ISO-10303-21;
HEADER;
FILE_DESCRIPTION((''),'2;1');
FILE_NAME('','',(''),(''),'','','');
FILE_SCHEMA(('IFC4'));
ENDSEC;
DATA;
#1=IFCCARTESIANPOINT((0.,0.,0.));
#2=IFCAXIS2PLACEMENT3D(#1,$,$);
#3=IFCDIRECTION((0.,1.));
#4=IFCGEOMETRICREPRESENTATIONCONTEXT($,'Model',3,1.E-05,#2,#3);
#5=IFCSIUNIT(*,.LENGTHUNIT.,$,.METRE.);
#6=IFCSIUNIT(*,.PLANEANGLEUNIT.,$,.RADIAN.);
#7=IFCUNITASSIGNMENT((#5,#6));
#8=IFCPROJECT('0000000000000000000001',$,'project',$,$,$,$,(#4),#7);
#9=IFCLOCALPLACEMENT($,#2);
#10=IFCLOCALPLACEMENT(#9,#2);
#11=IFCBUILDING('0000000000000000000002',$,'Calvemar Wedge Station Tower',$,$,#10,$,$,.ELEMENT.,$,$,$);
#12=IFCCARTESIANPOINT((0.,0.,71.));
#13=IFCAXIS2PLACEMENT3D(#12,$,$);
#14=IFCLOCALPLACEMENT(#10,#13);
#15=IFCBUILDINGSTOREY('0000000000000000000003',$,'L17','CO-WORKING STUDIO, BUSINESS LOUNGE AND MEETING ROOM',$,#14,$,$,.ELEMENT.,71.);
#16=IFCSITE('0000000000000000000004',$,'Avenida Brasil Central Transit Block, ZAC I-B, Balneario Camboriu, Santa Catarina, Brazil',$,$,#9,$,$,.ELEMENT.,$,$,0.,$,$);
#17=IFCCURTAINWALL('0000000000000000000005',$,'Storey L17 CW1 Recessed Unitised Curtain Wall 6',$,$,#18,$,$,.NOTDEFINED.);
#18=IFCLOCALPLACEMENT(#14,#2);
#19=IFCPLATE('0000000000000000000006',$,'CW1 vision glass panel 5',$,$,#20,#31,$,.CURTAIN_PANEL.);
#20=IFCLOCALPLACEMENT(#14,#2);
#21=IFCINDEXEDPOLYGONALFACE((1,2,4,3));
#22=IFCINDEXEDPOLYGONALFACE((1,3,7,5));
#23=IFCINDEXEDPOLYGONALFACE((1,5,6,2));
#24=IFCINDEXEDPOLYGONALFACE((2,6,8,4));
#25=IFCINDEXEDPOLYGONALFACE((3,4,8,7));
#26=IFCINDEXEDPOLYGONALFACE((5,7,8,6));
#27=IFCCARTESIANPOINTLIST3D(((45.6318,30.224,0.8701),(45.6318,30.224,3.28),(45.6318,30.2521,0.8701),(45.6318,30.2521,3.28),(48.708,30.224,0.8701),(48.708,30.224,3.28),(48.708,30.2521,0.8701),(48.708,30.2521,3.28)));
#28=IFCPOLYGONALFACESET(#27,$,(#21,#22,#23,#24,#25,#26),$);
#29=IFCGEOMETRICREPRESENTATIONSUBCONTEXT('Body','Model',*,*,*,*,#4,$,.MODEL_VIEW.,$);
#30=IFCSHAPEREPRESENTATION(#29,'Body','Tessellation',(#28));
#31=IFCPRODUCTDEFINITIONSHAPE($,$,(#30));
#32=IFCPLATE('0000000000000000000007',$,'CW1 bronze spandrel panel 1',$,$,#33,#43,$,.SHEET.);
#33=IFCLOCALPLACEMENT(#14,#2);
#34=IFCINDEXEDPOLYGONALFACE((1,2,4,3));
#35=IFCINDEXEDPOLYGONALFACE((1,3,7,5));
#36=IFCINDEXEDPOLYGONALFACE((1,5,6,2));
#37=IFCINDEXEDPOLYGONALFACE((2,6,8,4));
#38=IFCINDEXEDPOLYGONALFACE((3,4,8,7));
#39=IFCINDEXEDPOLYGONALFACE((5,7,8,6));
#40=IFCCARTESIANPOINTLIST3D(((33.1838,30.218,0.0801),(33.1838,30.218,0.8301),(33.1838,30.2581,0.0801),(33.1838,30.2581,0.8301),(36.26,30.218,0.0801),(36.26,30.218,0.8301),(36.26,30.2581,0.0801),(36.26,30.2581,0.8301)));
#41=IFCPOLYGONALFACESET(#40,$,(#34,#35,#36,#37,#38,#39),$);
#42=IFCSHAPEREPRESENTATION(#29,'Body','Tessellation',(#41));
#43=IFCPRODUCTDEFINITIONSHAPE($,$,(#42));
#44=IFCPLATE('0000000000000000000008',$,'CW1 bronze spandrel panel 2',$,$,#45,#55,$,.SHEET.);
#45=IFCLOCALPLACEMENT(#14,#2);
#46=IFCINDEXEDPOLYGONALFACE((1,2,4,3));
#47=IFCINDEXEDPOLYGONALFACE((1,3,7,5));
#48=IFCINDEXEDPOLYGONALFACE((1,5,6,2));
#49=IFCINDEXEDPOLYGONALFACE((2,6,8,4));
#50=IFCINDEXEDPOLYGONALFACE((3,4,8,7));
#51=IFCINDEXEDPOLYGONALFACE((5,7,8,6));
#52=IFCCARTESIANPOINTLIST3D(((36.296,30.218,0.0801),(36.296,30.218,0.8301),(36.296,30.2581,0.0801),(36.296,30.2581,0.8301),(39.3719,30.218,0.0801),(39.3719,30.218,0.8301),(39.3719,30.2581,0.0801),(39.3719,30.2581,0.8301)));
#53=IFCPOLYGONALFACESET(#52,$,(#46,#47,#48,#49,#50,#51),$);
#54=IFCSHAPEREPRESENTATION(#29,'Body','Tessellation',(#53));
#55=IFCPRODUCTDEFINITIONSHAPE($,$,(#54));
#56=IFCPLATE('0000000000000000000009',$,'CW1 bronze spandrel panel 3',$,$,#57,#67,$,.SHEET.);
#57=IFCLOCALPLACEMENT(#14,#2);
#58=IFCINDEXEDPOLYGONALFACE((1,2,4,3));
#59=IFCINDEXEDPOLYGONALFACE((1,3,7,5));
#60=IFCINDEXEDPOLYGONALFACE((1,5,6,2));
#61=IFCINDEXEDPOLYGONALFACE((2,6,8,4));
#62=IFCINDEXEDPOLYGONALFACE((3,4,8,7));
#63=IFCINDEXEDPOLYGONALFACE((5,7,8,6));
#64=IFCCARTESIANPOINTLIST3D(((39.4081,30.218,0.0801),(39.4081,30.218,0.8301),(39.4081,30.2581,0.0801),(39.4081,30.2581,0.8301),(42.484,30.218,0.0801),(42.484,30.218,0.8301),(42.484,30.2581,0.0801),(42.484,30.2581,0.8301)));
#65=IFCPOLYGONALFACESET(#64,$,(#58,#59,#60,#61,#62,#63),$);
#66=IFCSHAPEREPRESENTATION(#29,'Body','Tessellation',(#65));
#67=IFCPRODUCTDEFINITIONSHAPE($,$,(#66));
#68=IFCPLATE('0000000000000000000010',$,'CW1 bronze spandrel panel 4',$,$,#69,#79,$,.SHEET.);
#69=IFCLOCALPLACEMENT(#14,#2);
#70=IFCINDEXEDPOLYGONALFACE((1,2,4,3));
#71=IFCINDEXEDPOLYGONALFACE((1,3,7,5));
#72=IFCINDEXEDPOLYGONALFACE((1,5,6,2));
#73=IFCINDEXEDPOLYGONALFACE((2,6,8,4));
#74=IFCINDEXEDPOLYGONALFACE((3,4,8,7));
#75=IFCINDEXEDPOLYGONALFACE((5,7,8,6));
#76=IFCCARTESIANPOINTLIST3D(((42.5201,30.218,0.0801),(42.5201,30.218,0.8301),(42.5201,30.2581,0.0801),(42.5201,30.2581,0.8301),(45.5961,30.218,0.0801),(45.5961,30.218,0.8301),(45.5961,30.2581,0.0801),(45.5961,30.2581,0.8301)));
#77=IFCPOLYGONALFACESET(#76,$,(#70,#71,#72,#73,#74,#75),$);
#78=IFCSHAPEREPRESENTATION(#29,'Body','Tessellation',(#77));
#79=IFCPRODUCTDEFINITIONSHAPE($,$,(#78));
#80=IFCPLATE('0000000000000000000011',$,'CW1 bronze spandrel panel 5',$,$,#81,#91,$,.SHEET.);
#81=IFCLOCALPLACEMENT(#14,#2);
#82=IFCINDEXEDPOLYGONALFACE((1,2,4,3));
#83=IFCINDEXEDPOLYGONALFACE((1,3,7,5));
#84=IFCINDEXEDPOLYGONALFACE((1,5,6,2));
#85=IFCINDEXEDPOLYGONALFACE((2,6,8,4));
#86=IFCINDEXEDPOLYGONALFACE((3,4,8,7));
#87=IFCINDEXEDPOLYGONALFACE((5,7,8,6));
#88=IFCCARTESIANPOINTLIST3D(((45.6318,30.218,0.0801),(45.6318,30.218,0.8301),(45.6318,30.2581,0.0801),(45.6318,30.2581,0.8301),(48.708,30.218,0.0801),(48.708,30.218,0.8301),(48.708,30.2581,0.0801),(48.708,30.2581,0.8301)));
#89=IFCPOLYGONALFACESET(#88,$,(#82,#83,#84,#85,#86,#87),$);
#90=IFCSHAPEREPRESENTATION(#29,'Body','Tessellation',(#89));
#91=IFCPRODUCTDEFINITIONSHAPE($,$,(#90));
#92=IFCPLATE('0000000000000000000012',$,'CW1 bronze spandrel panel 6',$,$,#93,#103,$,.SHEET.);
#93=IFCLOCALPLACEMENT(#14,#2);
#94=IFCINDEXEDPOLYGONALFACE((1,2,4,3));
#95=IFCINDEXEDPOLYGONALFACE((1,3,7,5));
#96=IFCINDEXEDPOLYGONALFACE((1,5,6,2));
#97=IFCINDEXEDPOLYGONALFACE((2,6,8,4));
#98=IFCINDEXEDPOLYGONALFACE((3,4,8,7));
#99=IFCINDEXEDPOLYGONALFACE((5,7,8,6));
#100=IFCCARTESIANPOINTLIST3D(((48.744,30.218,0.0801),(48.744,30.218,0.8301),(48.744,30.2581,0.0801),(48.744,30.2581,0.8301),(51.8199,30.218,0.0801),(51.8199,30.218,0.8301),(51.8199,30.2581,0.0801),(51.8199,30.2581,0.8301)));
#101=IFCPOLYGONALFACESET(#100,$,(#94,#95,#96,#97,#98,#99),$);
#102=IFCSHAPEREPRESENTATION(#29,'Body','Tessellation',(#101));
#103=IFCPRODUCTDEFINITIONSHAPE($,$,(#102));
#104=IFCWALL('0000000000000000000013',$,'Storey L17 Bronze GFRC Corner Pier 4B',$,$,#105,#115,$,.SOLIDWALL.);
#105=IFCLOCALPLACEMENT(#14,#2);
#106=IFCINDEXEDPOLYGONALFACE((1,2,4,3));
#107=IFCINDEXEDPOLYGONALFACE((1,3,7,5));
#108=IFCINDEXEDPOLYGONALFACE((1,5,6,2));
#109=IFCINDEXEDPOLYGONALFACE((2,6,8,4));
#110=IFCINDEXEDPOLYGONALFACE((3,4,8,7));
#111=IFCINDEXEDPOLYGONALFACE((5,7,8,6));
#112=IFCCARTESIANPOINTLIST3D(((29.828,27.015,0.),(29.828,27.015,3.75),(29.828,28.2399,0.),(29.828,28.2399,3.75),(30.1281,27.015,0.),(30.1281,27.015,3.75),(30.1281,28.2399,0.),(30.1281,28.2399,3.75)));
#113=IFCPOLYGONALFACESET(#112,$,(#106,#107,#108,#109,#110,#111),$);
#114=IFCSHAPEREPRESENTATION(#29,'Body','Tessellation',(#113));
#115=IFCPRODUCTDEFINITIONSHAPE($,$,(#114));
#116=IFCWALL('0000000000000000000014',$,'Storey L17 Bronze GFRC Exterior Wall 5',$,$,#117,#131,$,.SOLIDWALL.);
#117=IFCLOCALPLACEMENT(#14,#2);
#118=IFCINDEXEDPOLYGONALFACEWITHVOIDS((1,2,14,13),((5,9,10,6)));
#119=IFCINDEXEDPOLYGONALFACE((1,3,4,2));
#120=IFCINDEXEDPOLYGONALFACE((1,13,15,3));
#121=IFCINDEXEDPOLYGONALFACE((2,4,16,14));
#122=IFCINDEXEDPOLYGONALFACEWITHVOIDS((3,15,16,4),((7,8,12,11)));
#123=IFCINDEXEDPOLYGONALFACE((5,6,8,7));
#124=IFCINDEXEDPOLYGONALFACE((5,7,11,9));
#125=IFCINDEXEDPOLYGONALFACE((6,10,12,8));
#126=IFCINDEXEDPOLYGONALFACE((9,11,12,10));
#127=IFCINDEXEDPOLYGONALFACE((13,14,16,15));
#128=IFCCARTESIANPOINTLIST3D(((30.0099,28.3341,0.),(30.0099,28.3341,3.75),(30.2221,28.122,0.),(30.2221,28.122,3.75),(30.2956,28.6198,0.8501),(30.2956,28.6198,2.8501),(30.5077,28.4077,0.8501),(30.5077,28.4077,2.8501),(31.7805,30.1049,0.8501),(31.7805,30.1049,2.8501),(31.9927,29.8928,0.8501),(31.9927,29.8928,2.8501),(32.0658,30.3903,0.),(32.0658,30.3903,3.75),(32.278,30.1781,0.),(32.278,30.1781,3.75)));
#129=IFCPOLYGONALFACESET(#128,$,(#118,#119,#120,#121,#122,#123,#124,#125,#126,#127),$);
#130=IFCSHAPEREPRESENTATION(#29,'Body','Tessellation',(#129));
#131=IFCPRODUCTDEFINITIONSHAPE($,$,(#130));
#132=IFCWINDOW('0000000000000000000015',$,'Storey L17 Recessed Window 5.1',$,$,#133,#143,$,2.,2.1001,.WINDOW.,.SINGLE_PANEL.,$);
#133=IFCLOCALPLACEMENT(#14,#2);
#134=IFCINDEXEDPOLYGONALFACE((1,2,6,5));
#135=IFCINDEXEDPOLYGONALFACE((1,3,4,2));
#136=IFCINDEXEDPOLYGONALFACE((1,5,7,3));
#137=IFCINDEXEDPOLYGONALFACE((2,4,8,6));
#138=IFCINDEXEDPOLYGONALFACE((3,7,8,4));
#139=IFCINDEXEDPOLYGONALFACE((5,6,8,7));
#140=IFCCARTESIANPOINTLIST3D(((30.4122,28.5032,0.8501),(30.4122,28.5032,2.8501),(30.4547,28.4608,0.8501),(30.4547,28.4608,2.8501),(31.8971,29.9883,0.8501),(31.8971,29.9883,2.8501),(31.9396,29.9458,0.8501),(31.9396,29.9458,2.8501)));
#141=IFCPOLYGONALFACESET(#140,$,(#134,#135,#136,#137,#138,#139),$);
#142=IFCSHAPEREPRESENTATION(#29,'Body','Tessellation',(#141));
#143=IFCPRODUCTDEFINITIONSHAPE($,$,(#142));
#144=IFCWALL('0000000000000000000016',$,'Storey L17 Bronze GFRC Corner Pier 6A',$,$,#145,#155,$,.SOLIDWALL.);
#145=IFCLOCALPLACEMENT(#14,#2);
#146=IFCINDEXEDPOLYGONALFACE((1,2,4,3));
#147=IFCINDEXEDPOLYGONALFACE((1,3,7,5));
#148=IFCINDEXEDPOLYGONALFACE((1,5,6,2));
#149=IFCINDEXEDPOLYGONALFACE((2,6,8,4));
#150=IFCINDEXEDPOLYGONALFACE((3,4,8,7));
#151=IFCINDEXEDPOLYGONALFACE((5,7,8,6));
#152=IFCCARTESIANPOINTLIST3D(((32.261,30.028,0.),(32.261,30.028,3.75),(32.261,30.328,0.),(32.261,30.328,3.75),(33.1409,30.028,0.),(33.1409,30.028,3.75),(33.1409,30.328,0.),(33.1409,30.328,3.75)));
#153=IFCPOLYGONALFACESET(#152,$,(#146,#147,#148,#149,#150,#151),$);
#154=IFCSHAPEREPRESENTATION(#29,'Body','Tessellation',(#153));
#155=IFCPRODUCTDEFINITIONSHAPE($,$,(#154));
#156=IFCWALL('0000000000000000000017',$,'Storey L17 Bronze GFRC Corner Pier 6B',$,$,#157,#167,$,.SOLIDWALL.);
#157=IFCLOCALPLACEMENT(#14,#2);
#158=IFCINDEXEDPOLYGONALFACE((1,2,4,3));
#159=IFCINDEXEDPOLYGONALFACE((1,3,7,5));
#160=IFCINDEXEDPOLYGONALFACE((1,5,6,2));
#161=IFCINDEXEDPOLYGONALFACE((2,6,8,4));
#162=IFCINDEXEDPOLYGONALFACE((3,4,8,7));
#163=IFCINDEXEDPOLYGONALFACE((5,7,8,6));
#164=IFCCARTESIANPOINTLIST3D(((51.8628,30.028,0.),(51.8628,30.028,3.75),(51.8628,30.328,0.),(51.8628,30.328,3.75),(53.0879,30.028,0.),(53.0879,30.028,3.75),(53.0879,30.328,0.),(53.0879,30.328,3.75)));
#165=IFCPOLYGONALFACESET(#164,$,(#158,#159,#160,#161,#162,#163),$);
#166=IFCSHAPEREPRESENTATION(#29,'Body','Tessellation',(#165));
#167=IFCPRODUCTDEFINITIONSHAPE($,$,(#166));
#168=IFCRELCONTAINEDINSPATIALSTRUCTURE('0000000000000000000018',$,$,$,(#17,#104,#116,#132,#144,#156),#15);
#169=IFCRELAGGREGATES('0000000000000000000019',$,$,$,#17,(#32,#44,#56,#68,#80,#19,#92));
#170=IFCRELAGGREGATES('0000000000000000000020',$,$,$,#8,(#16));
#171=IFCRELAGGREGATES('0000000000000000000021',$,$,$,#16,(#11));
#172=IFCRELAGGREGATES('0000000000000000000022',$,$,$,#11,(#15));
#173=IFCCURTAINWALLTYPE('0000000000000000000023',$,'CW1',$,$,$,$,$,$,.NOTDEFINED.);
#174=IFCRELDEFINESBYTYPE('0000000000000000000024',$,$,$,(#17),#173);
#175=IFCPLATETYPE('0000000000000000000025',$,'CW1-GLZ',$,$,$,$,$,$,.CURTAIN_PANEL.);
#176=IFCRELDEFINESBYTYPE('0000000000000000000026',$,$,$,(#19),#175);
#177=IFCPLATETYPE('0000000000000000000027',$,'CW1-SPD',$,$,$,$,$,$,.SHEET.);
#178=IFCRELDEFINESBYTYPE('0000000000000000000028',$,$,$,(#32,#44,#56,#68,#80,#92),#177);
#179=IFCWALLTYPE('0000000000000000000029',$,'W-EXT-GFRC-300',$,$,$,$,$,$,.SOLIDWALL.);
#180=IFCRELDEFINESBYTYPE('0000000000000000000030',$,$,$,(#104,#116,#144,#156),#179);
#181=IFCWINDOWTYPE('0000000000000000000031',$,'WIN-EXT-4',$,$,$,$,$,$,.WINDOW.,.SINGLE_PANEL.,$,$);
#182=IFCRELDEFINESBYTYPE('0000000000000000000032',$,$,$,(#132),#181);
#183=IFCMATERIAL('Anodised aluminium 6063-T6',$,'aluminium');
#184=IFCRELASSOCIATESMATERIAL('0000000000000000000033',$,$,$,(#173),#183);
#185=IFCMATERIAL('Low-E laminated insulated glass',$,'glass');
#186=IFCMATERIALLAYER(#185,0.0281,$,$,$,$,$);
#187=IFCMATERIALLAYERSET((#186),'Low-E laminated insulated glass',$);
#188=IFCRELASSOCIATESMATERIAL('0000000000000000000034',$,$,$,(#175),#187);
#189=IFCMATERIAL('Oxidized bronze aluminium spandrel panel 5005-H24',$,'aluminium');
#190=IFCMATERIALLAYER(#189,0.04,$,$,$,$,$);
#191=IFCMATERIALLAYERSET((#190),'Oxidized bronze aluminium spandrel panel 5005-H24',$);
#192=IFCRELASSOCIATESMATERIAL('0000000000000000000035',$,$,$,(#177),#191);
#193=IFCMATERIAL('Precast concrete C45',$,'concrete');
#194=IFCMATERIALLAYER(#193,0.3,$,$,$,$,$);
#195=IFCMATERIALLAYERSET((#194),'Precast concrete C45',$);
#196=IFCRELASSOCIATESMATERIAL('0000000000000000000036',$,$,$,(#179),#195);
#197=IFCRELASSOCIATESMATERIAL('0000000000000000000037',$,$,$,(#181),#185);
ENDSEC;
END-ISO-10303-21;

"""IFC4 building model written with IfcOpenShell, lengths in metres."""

from ifc_helpers import new_model, si_unit, direction, frame, frame_2d, origin, place, context, subcontext, project, spatial, rectangle, extrude, source, transform, mapped, material, layer, layer_set, type_object, element, fill, aggregate, save


model = new_model("IFC4")

# Units and contexts
model_context = context("Model", 3, precision=1e-05, world=origin(), true_north=direction((0.0, 1.0)))
body_context = subcontext(model_context, "Body", "Model", "MODEL_VIEW")
ifc_project = project(units=[si_unit("LENGTHUNIT", "METRE"), si_unit("PLANEANGLEUNIT", "RADIAN")], contexts=[model_context])

# Site, building, storey
site_placement = place(None, origin())
site = spatial("IfcSite", under=ifc_project, at=site_placement, Name="Avenida Brasil Central Transit Block, ZAC I-B, Balneario Camboriu, Santa Catarina, Brazil", CompositionType="ELEMENT", RefElevation=0.0)
building_placement = place(site_placement, origin())
building = spatial("IfcBuilding", under=site, at=building_placement, Name="Calvemar Wedge Station Tower", CompositionType="ELEMENT")
storey_placement = place(building_placement, frame((0.0, 0.0, 71.0)))
storey = spatial("IfcBuildingStorey", under=building, at=storey_placement, Name="L17", Description="CO-WORKING STUDIO, BUSINESS LOUNGE AND MEETING ROOM", CompositionType="ELEMENT", Elevation=71.0)

# Curtain wall, plates
ifc_material_1 = material(Name="Anodised aluminium 6063-T6", Category="aluminium")
curtain_wall_type = type_object("IfcCurtainWallType", Name="CW1", PredefinedType="NOTDEFINED", material=ifc_material_1)
curtain_wall_placement = place(storey_placement, origin())
curtain_wall = element("IfcCurtainWall", 1, at=curtain_wall_placement, inside=storey, type_object=curtain_wall_type, Name="Storey L17 CW1 Recessed Unitised Curtain Wall 6", PredefinedType="NOTDEFINED")
ifc_material_2 = material(Name="Low-E laminated insulated glass", Category="glass")
ifc_layer_1 = layer(ifc_material_2, 0.0281)
ifc_layer_set_1 = layer_set([ifc_layer_1], Name="Low-E laminated insulated glass")
plate_type_1 = type_object("IfcPlateType", Name="CW1-GLZ", PredefinedType="CURTAIN_PANEL", material=ifc_layer_set_1)
plate_1_placement = place(storey_placement, frame((45.6318, 30.238, 0.8701), z_axis=(0.0, 0.0, 1.0), x_axis=(1.0, 0.0, 0.0)))
plate_1 = element("IfcPlate", 2, at=plate_1_placement, type_object=plate_type_1, Name="CW1 vision glass panel 5", PredefinedType="CURTAIN_PANEL", context=body_context, shape_type="SweptSolid", body=[
    extrude(rectangle(XDim=3.0762, YDim=0.0281, at=frame_2d((1.5381, 0.0))), origin(), (0.0, 0.0, 1.0), 2.4099),
])
ifc_material_3 = material(Name="Oxidized bronze aluminium spandrel panel 5005-H24", Category="aluminium")
ifc_layer_2 = layer(ifc_material_3, 0.04)
ifc_layer_set_2 = layer_set([ifc_layer_2], Name="Oxidized bronze aluminium spandrel panel 5005-H24")
plate_type_2 = type_object("IfcPlateType", Name="CW1-SPD", PredefinedType="SHEET", material=ifc_layer_set_2)
plate_2_placement = place(storey_placement, frame((33.1838, 30.238, 0.0801), z_axis=(0.0, 0.0, 1.0), x_axis=(1.0, 0.0, 0.0)))
plate_2 = element("IfcPlate", 3, at=plate_2_placement, type_object=plate_type_2, Name="CW1 bronze spandrel panel 1", PredefinedType="SHEET", context=body_context, shape_type="SweptSolid", body=[
    extrude(rectangle(XDim=3.0762, YDim=0.04, at=frame_2d((1.5381, 0.0))), origin(), (0.0, 0.0, 1.0), 0.75),
])
plate_3_placement = place(storey_placement, frame((36.2959, 30.238, 0.0801), z_axis=(0.0, 0.0, 1.0), x_axis=(1.0, 0.0, 0.0)))
plate_3 = element("IfcPlate", 4, at=plate_3_placement, type_object=plate_type_2, Name="CW1 bronze spandrel panel 2", PredefinedType="SHEET", context=body_context, shape_type="SweptSolid", body=[
    extrude(rectangle(XDim=3.0759, YDim=0.04, at=frame_2d((1.5381, 0.0))), origin(), (0.0, 0.0, 1.0), 0.75),
])
plate_4_placement = place(storey_placement, frame((39.408, 30.238, 0.0801), z_axis=(0.0, 0.0, 1.0), x_axis=(1.0, 0.0, 0.0)))
plate_4 = element("IfcPlate", 5, at=plate_4_placement, type_object=plate_type_2, Name="CW1 bronze spandrel panel 3", PredefinedType="SHEET", context=body_context, shape_type="SweptSolid", body=[
    extrude(rectangle(XDim=3.0759, YDim=0.04, at=frame_2d((1.5381, 0.0))), origin(), (0.0, 0.0, 1.0), 0.75),
])
plate_5_placement = place(storey_placement, frame((42.52, 30.238, 0.0801), z_axis=(0.0, 0.0, 1.0), x_axis=(1.0, 0.0, 0.0)))
plate_5 = element("IfcPlate", 6, at=plate_5_placement, type_object=plate_type_2, Name="CW1 bronze spandrel panel 4", PredefinedType="SHEET", context=body_context, shape_type="SweptSolid", body=[
    extrude(rectangle(XDim=3.0759, YDim=0.04, at=frame_2d((1.5381, 0.0))), origin(), (0.0, 0.0, 1.0), 0.75),
])
plate_6_placement = place(storey_placement, frame((45.6318, 30.238, 0.0801), z_axis=(0.0, 0.0, 1.0), x_axis=(1.0, 0.0, 0.0)))
plate_6 = element("IfcPlate", 7, at=plate_6_placement, type_object=plate_type_2, Name="CW1 bronze spandrel panel 5", PredefinedType="SHEET", context=body_context, shape_type="SweptSolid", body=[
    extrude(rectangle(XDim=3.0762, YDim=0.04, at=frame_2d((1.5381, 0.0))), origin(), (0.0, 0.0, 1.0), 0.75),
])
plate_7_placement = place(storey_placement, frame((48.7439, 30.238, 0.0801), z_axis=(0.0, 0.0, 1.0), x_axis=(1.0, 0.0, 0.0)))
plate_7 = element("IfcPlate", 8, at=plate_7_placement, type_object=plate_type_2, Name="CW1 bronze spandrel panel 6", PredefinedType="SHEET", context=body_context, shape_type="SweptSolid", body=[
    extrude(rectangle(XDim=3.0759, YDim=0.04, at=frame_2d((1.5381, 0.0))), origin(), (0.0, 0.0, 1.0), 0.75),
])
aggregate(curtain_wall, [plate_2, plate_3, plate_4, plate_5, plate_6, plate_1, plate_7])

# Wall
ifc_material_4 = material(Name="Precast concrete C45", Category="concrete")
ifc_layer_3 = layer(ifc_material_4, 0.3)
ifc_layer_set_3 = layer_set([ifc_layer_3], Name="Precast concrete C45")
wall_type = type_object("IfcWallType", Name="W-EXT-GFRC-300", PredefinedType="SOLIDWALL", material=ifc_layer_set_3)
wall_1_placement = place(storey_placement, frame((29.978, 27.0151, 0.0), z_axis=(0.0, 0.0, 1.0), x_axis=(0.0, 1.0, 0.0)))
element("IfcWall", 9, at=wall_1_placement, inside=storey, type_object=wall_type, Name="Storey L17 Bronze GFRC Corner Pier 4B", PredefinedType="SOLIDWALL", context=body_context, shape_type="SweptSolid", body=[
    extrude(rectangle(XDim=1.2249, YDim=0.3, at=frame_2d((0.6123, 0.0))), origin(), (0.0, 0.0, 1.0), 3.75),
])

# Wall, opening, window
wall_2_placement = place(storey_placement, frame((30.116, 28.228, 0.0), z_axis=(0.0, 0.0, 1.0), x_axis=(0.707065, 0.707149, 0.0)))
wall_2 = element("IfcWall", 10, at=wall_2_placement, inside=storey, type_object=wall_type, Name="Storey L17 Bronze GFRC Exterior Wall 5", PredefinedType="SOLIDWALL", context=body_context, shape_type="SweptSolid", body=[
    extrude(rectangle(XDim=2.9077, YDim=0.3, at=frame_2d((1.4539, 0.0))), origin(), (0.0, 0.0, 1.0), 3.75),
])
shared_shape_1 = source(origin(), body_context, "Body", "SweptSolid", [
    extrude(rectangle(XDim=2.1001, YDim=2.0, at=frame_2d((1.05, 1.0))), frame((0.0, 0.1602, 0.0), z_axis=(0.0, -1.0, 0.0), x_axis=(1.0, 0.0, 0.0)), (0.0, 0.0, 1.0), 0.3201),
])
opening_placement = place(wall_2_placement, frame((0.4041, 0.0, 0.8501)))
opening = element("IfcOpeningElement", 11, at=opening_placement, cuts=wall_2, PredefinedType="OPENING", context=body_context, shape_type="MappedRepresentation", body=[
    mapped(shared_shape_1, transform((0.0, 0.0, 0.0), scale=1.0)),
])
window_type = type_object("IfcWindowType", Name="WIN-EXT-4", PartitioningType="SINGLE_PANEL", PredefinedType="WINDOW", material=ifc_material_2)
shared_shape_2 = source(origin(), body_context, "Body", "SweptSolid", [
    extrude(rectangle(XDim=2.1001, YDim=2.0, at=frame_2d((1.05, 1.0))), frame((0.0, -0.0149, 0.0), z_axis=(0.0, -1.0, 0.0), x_axis=(1.0, 0.0, 0.0)), (0.0, 0.0, 1.0), 0.0601),
])
window_placement = place(opening_placement, origin())
window = element("IfcWindow", 12, at=window_placement, inside=storey, type_object=window_type, Name="Storey L17 Recessed Window 5.1", OverallHeight=2.0, OverallWidth=2.1001, PartitioningType="SINGLE_PANEL", PredefinedType="WINDOW", context=body_context, shape_type="MappedRepresentation", body=[
    mapped(shared_shape_2, transform((0.0, 0.0, 0.0), scale=1.0)),
])
fill(opening, window)

# Walls
wall_3_placement = place(storey_placement, frame((32.261, 30.178, 0.0), z_axis=(0.0, 0.0, 1.0), x_axis=(1.0, 0.0, 0.0)))
element("IfcWall", 13, at=wall_3_placement, inside=storey, type_object=wall_type, Name="Storey L17 Bronze GFRC Corner Pier 6A", PredefinedType="SOLIDWALL", context=body_context, shape_type="SweptSolid", body=[
    extrude(rectangle(XDim=0.8799, YDim=0.3, at=frame_2d((0.4399, 0.0))), origin(), (0.0, 0.0, 1.0), 3.75),
])
wall_4_placement = place(storey_placement, frame((51.8628, 30.178, 0.0), z_axis=(0.0, 0.0, 1.0), x_axis=(1.0, 0.0, 0.0)))
element("IfcWall", 14, at=wall_4_placement, inside=storey, type_object=wall_type, Name="Storey L17 Bronze GFRC Corner Pier 6B", PredefinedType="SOLIDWALL", context=body_context, shape_type="SweptSolid", body=[
    extrude(rectangle(XDim=1.2251, YDim=0.3, at=frame_2d((0.6125, 0.0))), origin(), (0.0, 0.0, 1.0), 3.75),
])

save(model, "model.ifc")
